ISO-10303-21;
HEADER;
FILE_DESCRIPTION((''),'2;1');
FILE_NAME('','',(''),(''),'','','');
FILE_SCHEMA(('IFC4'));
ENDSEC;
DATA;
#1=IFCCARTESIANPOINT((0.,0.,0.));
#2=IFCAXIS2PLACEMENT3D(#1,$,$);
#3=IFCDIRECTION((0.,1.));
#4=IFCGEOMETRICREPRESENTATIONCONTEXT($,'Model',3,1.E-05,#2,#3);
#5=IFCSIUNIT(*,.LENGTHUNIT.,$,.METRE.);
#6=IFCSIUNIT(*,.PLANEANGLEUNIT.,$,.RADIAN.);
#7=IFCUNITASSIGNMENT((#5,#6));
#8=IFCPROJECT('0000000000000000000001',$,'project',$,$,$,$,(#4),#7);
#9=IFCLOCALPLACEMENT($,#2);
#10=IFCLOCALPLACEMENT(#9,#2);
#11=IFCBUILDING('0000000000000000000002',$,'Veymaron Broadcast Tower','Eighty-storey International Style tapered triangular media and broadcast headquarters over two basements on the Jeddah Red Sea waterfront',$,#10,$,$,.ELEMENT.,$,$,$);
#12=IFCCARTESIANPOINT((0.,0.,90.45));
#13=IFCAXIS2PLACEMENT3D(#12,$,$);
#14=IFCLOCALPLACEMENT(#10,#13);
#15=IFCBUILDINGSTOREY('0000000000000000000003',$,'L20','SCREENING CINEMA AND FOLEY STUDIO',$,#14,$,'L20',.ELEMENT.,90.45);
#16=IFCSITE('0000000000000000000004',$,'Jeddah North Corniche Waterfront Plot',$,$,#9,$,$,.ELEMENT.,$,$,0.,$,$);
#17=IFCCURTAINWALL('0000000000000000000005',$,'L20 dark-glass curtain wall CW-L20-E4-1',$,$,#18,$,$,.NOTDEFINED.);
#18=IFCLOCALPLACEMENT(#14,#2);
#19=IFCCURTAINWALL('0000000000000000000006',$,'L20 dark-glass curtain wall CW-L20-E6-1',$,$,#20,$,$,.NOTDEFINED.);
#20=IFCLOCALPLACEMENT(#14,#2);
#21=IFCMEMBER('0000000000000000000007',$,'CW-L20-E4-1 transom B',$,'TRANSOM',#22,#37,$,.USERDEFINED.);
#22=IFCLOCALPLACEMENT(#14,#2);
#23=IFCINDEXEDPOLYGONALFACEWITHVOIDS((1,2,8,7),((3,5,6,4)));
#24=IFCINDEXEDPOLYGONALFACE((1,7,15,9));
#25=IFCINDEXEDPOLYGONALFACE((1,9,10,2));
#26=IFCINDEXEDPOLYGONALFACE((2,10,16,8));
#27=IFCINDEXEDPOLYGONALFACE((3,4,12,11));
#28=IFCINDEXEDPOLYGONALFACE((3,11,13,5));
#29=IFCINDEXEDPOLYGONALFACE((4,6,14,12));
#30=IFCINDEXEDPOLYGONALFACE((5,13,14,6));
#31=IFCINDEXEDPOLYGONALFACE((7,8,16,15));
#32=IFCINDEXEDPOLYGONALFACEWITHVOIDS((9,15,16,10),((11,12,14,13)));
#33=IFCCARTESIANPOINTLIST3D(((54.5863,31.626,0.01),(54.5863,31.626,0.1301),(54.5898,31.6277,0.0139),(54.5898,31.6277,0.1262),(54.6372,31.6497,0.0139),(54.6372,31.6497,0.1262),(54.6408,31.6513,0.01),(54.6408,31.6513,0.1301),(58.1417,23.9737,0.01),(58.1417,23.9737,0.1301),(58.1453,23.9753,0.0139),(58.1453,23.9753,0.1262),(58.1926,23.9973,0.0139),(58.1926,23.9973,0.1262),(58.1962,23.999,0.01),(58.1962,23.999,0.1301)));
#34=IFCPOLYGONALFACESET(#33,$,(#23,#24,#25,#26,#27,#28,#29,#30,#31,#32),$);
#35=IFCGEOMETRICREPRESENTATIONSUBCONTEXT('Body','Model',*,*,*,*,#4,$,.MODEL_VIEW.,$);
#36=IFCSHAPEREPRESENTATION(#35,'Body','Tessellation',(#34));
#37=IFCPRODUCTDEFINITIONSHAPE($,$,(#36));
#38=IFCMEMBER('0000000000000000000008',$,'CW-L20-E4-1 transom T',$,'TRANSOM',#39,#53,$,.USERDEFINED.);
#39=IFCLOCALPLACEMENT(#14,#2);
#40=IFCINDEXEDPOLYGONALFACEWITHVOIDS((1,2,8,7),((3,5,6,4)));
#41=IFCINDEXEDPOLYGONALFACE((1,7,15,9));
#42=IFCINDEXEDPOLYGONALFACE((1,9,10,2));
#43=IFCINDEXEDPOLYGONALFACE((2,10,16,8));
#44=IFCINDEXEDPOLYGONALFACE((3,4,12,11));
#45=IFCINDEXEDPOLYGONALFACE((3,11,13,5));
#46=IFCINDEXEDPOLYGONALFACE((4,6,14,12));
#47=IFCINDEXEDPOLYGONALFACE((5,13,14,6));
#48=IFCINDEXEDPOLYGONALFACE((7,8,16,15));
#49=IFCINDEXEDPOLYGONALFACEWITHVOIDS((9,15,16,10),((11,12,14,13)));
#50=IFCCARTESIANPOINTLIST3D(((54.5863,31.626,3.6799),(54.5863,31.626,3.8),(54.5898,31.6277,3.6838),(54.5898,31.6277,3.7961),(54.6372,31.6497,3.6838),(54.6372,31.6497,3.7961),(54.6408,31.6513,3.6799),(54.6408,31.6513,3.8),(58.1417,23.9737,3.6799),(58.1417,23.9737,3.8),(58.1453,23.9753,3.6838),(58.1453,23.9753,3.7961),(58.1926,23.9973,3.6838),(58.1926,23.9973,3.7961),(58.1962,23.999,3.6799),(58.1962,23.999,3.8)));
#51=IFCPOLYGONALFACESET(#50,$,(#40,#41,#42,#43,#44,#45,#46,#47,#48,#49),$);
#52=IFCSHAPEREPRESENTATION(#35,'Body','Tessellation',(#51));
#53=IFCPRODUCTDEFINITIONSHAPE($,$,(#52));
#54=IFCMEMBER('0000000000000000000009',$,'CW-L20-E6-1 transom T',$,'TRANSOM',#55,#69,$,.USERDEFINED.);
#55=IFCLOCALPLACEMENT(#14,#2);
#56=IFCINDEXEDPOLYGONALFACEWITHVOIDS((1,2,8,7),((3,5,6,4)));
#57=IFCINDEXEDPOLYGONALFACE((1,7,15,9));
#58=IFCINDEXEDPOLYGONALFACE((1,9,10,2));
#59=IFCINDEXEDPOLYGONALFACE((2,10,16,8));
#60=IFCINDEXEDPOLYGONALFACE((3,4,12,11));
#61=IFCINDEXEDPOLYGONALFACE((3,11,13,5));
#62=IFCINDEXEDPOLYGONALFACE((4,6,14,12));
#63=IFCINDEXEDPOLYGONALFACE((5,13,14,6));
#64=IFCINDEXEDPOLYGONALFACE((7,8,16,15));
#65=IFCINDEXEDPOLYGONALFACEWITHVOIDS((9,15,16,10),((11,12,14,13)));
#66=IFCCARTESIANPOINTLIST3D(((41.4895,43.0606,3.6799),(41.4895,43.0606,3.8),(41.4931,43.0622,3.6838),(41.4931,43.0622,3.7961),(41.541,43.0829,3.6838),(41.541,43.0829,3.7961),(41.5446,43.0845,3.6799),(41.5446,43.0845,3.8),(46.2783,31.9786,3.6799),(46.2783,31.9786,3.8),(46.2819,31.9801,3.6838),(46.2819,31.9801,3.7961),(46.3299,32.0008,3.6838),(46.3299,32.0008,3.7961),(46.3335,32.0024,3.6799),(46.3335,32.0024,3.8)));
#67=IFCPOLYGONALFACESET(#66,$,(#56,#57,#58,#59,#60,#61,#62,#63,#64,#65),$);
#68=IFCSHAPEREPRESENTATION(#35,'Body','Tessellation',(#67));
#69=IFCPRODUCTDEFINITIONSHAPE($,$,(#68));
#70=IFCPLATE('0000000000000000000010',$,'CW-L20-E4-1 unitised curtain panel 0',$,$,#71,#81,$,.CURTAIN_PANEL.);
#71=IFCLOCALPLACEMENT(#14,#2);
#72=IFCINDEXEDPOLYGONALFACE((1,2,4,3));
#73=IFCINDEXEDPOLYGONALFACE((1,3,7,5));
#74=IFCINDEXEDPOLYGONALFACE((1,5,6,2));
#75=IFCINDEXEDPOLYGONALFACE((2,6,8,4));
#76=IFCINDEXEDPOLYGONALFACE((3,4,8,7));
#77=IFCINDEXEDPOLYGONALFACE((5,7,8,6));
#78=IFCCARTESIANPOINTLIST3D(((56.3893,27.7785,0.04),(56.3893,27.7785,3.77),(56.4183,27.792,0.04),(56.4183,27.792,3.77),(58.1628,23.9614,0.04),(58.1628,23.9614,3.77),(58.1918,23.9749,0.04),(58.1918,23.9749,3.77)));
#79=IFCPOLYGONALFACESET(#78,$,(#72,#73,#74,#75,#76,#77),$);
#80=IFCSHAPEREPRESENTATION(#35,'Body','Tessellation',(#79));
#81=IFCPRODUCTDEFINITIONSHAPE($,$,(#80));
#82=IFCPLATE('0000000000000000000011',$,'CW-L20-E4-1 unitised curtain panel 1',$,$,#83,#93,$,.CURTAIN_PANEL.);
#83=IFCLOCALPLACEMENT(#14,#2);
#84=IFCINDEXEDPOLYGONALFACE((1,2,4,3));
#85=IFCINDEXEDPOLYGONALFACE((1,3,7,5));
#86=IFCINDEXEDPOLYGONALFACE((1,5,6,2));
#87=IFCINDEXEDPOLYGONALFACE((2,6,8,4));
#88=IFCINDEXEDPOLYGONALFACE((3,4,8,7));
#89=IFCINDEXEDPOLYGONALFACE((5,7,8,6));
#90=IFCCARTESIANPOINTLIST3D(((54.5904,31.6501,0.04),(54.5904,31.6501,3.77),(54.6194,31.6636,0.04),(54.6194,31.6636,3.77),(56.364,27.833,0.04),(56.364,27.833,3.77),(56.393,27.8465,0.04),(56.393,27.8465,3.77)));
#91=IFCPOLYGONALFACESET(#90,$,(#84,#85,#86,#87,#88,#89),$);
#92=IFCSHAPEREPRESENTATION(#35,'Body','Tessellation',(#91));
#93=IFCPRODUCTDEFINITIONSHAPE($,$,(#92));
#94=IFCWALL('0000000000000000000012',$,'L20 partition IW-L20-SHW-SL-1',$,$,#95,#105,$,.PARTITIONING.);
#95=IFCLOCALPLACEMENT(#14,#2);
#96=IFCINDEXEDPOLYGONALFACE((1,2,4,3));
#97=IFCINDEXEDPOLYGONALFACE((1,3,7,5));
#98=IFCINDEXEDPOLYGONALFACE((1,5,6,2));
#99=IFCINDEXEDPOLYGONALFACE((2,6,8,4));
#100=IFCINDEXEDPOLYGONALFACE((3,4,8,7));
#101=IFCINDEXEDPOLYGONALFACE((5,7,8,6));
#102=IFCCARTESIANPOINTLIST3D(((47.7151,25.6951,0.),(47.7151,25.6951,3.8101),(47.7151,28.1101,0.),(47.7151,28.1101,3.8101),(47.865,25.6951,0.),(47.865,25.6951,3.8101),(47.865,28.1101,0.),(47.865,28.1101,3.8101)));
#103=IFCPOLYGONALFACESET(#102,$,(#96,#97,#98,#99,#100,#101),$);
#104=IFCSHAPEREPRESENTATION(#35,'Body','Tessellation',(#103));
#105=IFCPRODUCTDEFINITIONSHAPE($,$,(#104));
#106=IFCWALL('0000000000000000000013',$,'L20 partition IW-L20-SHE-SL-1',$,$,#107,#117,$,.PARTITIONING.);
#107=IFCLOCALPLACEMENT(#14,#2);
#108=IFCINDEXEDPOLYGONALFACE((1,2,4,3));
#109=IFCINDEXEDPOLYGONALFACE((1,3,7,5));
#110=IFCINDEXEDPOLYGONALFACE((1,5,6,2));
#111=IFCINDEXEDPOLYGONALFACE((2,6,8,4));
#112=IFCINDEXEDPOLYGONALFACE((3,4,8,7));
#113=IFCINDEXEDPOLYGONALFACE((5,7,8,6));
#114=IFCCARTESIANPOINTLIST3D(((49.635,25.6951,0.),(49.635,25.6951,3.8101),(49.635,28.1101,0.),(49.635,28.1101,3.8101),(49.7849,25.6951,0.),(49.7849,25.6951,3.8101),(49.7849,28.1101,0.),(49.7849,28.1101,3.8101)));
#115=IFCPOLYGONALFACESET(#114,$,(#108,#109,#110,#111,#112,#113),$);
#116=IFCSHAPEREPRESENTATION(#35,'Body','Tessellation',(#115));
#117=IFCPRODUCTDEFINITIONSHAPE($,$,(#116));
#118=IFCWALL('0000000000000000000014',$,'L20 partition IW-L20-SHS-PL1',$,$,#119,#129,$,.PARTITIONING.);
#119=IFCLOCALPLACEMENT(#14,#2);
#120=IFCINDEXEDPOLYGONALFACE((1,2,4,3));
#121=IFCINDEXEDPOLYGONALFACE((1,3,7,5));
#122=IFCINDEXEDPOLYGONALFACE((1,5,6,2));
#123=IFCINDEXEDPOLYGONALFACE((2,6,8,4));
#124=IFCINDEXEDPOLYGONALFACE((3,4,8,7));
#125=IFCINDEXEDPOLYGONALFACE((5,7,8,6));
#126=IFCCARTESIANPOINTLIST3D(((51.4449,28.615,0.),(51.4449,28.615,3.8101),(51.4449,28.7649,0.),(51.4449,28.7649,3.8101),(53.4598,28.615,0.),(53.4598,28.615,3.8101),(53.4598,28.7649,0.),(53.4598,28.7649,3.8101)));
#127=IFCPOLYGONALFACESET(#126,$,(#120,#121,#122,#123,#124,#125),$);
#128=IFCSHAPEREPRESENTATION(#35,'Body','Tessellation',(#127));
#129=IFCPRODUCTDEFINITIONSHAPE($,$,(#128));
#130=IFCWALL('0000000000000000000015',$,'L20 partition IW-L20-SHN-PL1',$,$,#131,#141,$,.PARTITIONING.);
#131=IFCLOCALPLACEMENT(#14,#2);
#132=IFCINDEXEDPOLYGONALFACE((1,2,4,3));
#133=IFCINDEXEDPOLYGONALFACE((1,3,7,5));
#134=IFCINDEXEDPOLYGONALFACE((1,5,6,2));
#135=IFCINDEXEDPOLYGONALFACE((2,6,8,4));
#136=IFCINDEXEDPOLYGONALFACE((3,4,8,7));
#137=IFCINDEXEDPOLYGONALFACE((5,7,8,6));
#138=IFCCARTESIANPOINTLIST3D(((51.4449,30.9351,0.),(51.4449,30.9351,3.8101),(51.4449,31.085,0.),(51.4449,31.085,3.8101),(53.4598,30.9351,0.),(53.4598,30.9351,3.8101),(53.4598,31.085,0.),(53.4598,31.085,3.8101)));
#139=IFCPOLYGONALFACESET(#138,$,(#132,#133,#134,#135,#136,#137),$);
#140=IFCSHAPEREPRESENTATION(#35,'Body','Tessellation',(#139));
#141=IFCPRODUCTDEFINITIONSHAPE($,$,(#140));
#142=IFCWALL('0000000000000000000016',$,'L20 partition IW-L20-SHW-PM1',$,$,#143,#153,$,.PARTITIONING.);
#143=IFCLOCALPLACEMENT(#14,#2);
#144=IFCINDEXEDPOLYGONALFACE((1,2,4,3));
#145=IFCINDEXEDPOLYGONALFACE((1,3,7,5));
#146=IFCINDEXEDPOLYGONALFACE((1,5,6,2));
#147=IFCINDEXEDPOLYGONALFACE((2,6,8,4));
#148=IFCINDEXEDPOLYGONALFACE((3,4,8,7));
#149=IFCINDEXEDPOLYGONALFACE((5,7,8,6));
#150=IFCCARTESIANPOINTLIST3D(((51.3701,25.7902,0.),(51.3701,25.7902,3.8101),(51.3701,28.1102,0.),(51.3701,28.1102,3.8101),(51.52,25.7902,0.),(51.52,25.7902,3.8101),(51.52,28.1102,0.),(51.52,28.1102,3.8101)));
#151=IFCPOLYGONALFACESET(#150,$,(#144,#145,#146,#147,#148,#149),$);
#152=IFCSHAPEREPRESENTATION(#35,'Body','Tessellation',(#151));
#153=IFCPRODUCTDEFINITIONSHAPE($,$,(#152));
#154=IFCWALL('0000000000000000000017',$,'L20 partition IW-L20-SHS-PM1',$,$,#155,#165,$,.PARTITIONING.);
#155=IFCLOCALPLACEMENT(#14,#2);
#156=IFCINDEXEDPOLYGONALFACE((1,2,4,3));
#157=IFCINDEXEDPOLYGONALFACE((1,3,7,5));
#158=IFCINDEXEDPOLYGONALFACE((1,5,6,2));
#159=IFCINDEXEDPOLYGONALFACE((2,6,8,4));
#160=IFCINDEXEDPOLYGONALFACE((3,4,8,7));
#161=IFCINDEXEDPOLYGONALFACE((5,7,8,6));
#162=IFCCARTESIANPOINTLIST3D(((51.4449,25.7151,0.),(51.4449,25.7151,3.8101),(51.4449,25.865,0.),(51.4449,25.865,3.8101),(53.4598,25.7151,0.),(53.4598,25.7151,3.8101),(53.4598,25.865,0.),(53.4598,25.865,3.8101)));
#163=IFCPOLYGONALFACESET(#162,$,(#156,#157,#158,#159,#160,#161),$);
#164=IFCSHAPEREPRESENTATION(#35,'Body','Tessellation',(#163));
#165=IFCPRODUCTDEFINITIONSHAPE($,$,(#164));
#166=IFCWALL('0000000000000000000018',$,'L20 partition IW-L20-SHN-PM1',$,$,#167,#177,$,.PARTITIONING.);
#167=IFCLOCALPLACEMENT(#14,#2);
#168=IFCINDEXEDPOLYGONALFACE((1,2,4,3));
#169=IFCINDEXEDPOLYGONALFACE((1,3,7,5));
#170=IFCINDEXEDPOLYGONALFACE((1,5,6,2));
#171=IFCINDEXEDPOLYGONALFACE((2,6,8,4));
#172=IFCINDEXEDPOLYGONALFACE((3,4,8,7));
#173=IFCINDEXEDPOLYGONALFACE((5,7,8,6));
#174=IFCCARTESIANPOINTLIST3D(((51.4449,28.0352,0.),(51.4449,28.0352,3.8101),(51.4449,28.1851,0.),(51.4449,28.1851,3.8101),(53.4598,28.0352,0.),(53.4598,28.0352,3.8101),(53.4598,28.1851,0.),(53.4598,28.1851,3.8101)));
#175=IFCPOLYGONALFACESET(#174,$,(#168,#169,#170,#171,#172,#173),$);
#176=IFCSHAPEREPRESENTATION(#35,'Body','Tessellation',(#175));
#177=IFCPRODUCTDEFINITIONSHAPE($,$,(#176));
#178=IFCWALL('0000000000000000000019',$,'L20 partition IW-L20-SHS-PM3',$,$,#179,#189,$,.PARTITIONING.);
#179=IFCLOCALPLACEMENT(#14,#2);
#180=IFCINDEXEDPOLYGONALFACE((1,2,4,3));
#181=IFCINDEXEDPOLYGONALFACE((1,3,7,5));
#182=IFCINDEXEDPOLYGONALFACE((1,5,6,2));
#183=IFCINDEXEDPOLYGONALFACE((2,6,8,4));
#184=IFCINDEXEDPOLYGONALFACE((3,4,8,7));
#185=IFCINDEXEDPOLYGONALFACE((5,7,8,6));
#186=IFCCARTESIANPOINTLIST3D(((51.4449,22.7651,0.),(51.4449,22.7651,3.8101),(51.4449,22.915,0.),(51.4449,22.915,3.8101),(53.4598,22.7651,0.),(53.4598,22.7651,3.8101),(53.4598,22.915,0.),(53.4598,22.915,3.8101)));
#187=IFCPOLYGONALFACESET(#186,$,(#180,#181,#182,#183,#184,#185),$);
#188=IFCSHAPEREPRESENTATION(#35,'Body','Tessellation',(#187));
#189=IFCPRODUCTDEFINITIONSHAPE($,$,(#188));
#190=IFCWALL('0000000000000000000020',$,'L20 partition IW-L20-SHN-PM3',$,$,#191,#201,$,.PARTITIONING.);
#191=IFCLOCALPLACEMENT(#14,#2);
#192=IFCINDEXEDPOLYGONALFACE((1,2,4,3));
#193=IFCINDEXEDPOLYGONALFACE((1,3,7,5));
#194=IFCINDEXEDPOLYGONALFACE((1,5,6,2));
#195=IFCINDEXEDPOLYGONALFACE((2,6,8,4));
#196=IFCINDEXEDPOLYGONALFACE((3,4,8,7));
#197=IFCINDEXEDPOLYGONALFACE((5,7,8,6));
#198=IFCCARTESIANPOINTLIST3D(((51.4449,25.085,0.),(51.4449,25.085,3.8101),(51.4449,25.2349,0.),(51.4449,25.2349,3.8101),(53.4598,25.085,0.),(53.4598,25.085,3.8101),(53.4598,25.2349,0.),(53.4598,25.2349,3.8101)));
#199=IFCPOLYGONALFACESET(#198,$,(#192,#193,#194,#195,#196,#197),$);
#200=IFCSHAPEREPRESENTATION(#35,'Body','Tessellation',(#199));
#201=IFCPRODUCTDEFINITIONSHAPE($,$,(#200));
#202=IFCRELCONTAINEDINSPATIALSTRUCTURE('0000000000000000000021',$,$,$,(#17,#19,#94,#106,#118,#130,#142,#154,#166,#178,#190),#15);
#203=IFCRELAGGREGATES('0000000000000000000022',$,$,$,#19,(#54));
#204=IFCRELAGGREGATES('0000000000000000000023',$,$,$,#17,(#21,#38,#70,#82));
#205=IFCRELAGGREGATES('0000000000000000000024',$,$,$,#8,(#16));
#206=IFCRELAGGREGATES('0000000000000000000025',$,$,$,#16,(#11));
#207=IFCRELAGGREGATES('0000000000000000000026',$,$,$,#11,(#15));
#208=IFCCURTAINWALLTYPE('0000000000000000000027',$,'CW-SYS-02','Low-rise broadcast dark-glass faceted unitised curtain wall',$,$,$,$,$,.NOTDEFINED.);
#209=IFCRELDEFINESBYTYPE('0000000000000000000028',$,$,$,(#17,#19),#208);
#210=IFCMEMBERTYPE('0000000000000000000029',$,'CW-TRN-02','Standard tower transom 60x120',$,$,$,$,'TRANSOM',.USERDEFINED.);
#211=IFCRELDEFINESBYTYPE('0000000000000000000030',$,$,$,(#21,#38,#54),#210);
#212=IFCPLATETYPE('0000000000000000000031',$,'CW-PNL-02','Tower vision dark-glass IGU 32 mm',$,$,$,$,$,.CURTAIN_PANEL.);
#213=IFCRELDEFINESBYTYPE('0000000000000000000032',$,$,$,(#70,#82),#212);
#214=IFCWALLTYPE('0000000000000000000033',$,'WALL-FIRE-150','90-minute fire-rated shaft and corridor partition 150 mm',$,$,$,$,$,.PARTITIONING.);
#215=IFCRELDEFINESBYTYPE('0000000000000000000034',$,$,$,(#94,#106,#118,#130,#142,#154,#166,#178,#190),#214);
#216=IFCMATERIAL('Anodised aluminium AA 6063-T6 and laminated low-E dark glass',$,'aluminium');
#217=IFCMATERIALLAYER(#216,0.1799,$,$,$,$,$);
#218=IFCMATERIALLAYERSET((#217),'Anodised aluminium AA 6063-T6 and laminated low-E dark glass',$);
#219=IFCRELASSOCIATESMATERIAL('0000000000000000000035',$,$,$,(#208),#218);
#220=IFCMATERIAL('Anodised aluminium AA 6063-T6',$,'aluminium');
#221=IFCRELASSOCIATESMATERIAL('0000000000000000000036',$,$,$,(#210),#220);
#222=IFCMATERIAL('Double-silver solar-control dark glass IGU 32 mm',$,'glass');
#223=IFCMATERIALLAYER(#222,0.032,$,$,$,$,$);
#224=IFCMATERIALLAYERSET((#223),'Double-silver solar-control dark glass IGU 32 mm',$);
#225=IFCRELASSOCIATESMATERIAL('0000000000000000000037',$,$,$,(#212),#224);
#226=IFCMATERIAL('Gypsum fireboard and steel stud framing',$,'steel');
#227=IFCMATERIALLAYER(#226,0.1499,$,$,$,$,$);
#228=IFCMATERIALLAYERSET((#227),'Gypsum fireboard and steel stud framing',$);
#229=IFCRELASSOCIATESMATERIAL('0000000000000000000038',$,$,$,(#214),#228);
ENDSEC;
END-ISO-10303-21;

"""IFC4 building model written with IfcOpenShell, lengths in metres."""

from ifc_helpers import new_model, si_unit, direction, frame, frame_2d, origin, origin_2d, place, context, subcontext, project, spatial, rectangle, hollow_rectangle, extrude, material, layer, layer_set, material_profile, profile_set, type_object, element, aggregate, save


model = new_model("IFC4")

# Units and contexts
model_context = context("Model", 3, precision=1e-05, world=origin(), true_north=direction((0.0, 1.0)))
body_context = subcontext(model_context, "Body", "Model", "MODEL_VIEW")
ifc_project = project(units=[si_unit("LENGTHUNIT", "METRE"), si_unit("PLANEANGLEUNIT", "RADIAN")], contexts=[model_context])

# Site, building, storey
site_placement = place(None, origin())
site = spatial("IfcSite", under=ifc_project, at=site_placement, Name="Jeddah North Corniche Waterfront Plot", CompositionType="ELEMENT", RefElevation=0.0)
building_placement = place(site_placement, origin())
building = spatial("IfcBuilding", under=site, at=building_placement, Name="Veymaron Broadcast Tower", Description="Eighty-storey International Style tapered triangular media and broadcast headquarters over two basements on the Jeddah Red Sea waterfront", CompositionType="ELEMENT")
storey_placement = place(building_placement, frame((0.0, 0.0, 90.45)))
storey = spatial("IfcBuildingStorey", under=building, at=storey_placement, Name="L20", Description="SCREENING CINEMA AND FOLEY STUDIO", LongName="L20", CompositionType="ELEMENT", Elevation=90.45)

# Shared definitions
ifc_material_1 = material(Name="Anodised aluminium AA 6063-T6 and laminated low-E dark glass", Category="aluminium")
ifc_layer_1 = layer(ifc_material_1, 0.1799)
ifc_layer_set_1 = layer_set([ifc_layer_1], Name="Anodised aluminium AA 6063-T6 and laminated low-E dark glass")
curtain_wall_type = type_object("IfcCurtainWallType", Name="CW-SYS-02", Description="Low-rise broadcast dark-glass faceted unitised curtain wall", PredefinedType="NOTDEFINED", material=ifc_layer_set_1)
ifc_material_2 = material(Name="Anodised aluminium AA 6063-T6", Category="aluminium")

# Curtain wall
curtain_wall_1_placement = place(storey_placement, origin())
curtain_wall_1 = element("IfcCurtainWall", 1, at=curtain_wall_1_placement, inside=storey, type_object=curtain_wall_type, Name="L20 dark-glass curtain wall CW-L20-E4-1", PredefinedType="NOTDEFINED")

# Curtain wall
curtain_wall_2_placement = place(storey_placement, origin())
curtain_wall_2 = element("IfcCurtainWall", 2, at=curtain_wall_2_placement, inside=storey, type_object=curtain_wall_type, Name="L20 dark-glass curtain wall CW-L20-E6-1", PredefinedType="NOTDEFINED")

# Members
ifc_material_profile_1 = material_profile(ifc_material_2, hollow_rectangle(XDim=0.0601, YDim=0.1201, WallThickness=0.0039, at=origin_2d()), Name="AL120X60X4")
ifc_profile_set_1 = profile_set([ifc_material_profile_1], Name="Anodised aluminium AA 6063-T6")
member_type_1 = type_object("IfcMemberType", Name="CW-TRN-02", Description="Standard tower transom 60x120", ElementType="TRANSOM", PredefinedType="USERDEFINED", material=ifc_profile_set_1)
member_1_placement = place(storey_placement, frame((58.1689, 23.9863, 0.0701), z_axis=(-0.42136, 0.906894, 0.0), x_axis=(-0.906894, -0.42136, 0.0)))
member_1 = element("IfcMember", 3, at=member_1_placement, type_object=member_type_1, Name="CW-L20-E4-1 transom B", ObjectType="TRANSOM", PredefinedType="USERDEFINED", context=body_context, shape_type="SweptSolid", body=[
    extrude(hollow_rectangle(XDim=0.0601, YDim=0.1201, WallThickness=0.0039, at=origin_2d()), origin(), (0.0, 0.0, 1.0), 8.438),
])
member_2_placement = place(storey_placement, frame((58.1689, 23.9863, 3.74), z_axis=(-0.42136, 0.906894, 0.0), x_axis=(-0.906894, -0.42136, 0.0)))
member_2 = element("IfcMember", 4, at=member_2_placement, type_object=member_type_1, Name="CW-L20-E4-1 transom T", ObjectType="TRANSOM", PredefinedType="USERDEFINED", context=body_context, shape_type="SweptSolid", body=[
    extrude(hollow_rectangle(XDim=0.0601, YDim=0.1201, WallThickness=0.0039, at=origin_2d()), origin(), (0.0, 0.0, 1.0), 8.438),
])
member_3_placement = place(storey_placement, frame((46.3059, 31.9905, 3.74), z_axis=(-0.396673, 0.91796, 0.0), x_axis=(-0.91796, -0.396673, 0.0)))
member_3 = element("IfcMember", 5, at=member_3_placement, type_object=member_type_1, Name="CW-L20-E6-1 transom T", ObjectType="TRANSOM", PredefinedType="USERDEFINED", context=body_context, shape_type="SweptSolid", body=[
    extrude(hollow_rectangle(XDim=0.0601, YDim=0.1201, WallThickness=0.0039, at=origin_2d()), origin(), (0.0, 0.0, 1.0), 12.0725),
])
aggregate(curtain_wall_2, [member_3])

# Plates
ifc_material_3 = material(Name="Double-silver solar-control dark glass IGU 32 mm", Category="glass")
ifc_layer_2 = layer(ifc_material_3, 0.032)
ifc_layer_set_2 = layer_set([ifc_layer_2], Name="Double-silver solar-control dark glass IGU 32 mm")
plate_type = type_object("IfcPlateType", Name="CW-PNL-02", Description="Tower vision dark-glass IGU 32 mm", PredefinedType="CURTAIN_PANEL", material=ifc_layer_set_2)
plate_1_placement = place(storey_placement, frame((57.2905, 25.8767, 0.04), z_axis=(0.0, 0.0, 1.0), x_axis=(-0.421368, 0.90689, 0.0)))
plate_1 = element("IfcPlate", 6, at=plate_1_placement, type_object=plate_type, Name="CW-L20-E4-1 unitised curtain panel 0", PredefinedType="CURTAIN_PANEL", context=body_context, shape_type="SweptSolid", body=[
    extrude(rectangle(XDim=4.209, YDim=0.032, at=origin_2d()), origin(), (0.0, 0.0, 1.0), 3.73),
])
plate_2_placement = place(storey_placement, frame((55.4917, 29.7483, 0.04), z_axis=(0.0, 0.0, 1.0), x_axis=(-0.421368, 0.90689, 0.0)))
plate_2 = element("IfcPlate", 7, at=plate_2_placement, type_object=plate_type, Name="CW-L20-E4-1 unitised curtain panel 1", PredefinedType="CURTAIN_PANEL", context=body_context, shape_type="SweptSolid", body=[
    extrude(rectangle(XDim=4.209, YDim=0.032, at=origin_2d()), origin(), (0.0, 0.0, 1.0), 3.73),
])
aggregate(curtain_wall_1, [member_1, member_2, plate_1, plate_2])

# Shared definitions
ifc_material_4 = material(Name="Gypsum fireboard and steel stud framing", Category="steel")
ifc_layer_3 = layer(ifc_material_4, 0.1499)
ifc_layer_set_3 = layer_set([ifc_layer_3], Name="Gypsum fireboard and steel stud framing")
wall_type_1 = type_object("IfcWallType", Name="WALL-FIRE-150", Description="90-minute fire-rated shaft and corridor partition 150 mm", PredefinedType="PARTITIONING", material=ifc_layer_set_3)

# Walls
for number, where, z_axis, x_axis, name in (
    (8, (47.79, 25.6951, 0.0), (0.0, 0.0, 1.0), (0.0, 1.0, 0.0), "L20 partition IW-L20-SHW-SL-1"),
    (9, (49.71, 25.6951, 0.0), (0.0, 0.0, 1.0), (0.0, 1.0, 0.0), "L20 partition IW-L20-SHE-SL-1"),
):
    element("IfcWall", number, at=place(storey_placement, frame(where, z_axis=z_axis, x_axis=x_axis)), inside=storey, type_object=wall_type_1, Name=name, PredefinedType="PARTITIONING", context=body_context, shape_type="SweptSolid", body=[
        extrude(rectangle(XDim=2.415, YDim=0.1499, at=frame_2d((1.2075, 0.0))), origin(), (0.0, 0.0, 1.0), 3.8101),
    ])

# Walls
for number, where, z_axis, x_axis, name in (
    (10, (51.4451, 28.6899, 0.0), (0.0, 0.0, 1.0), (1.0, 0.0, 0.0), "L20 partition IW-L20-SHS-PL1"),
    (11, (51.4451, 31.01, 0.0), (0.0, 0.0, 1.0), (1.0, 0.0, 0.0), "L20 partition IW-L20-SHN-PL1"),
):
    element("IfcWall", number, at=place(storey_placement, frame(where, z_axis=z_axis, x_axis=x_axis)), inside=storey, type_object=wall_type_1, Name=name, PredefinedType="PARTITIONING", context=body_context, shape_type="SweptSolid", body=[
        extrude(rectangle(XDim=2.0149, YDim=0.1499, at=frame_2d((1.0073, 0.0))), origin(), (0.0, 0.0, 1.0), 3.8101),
    ])
wall_1_placement = place(storey_placement, frame((51.4451, 25.79, 0.0), z_axis=(0.0, 0.0, 1.0), x_axis=(0.0, 1.0, 0.0)))
element("IfcWall", 12, at=wall_1_placement, inside=storey, type_object=wall_type_1, Name="L20 partition IW-L20-SHW-PM1", PredefinedType="PARTITIONING", context=body_context, shape_type="SweptSolid", body=[
    extrude(rectangle(XDim=2.3201, YDim=0.1499, at=frame_2d((1.1602, 0.0))), origin(), (0.0, 0.0, 1.0), 3.8101),
])
for number, where, z_axis, x_axis, name in (
    (13, (51.4451, 25.79, 0.0), (0.0, 0.0, 1.0), (1.0, 0.0, 0.0), "L20 partition IW-L20-SHS-PM1"),
    (14, (51.4451, 28.1101, 0.0), (0.0, 0.0, 1.0), (1.0, 0.0, 0.0), "L20 partition IW-L20-SHN-PM1"),
    (15, (51.4451, 22.8401, 0.0), (0.0, 0.0, 1.0), (1.0, 0.0, 0.0), "L20 partition IW-L20-SHS-PM3"),
    (16, (51.4451, 25.1599, 0.0), (0.0, 0.0, 1.0), (1.0, 0.0, 0.0), "L20 partition IW-L20-SHN-PM3"),
):
    element("IfcWall", number, at=place(storey_placement, frame(where, z_axis=z_axis, x_axis=x_axis)), inside=storey, type_object=wall_type_1, Name=name, PredefinedType="PARTITIONING", context=body_context, shape_type="SweptSolid", body=[
        extrude(rectangle(XDim=2.0149, YDim=0.1499, at=frame_2d((1.0073, 0.0))), origin(), (0.0, 0.0, 1.0), 3.8101),
    ])

save(model, "model.ifc")
